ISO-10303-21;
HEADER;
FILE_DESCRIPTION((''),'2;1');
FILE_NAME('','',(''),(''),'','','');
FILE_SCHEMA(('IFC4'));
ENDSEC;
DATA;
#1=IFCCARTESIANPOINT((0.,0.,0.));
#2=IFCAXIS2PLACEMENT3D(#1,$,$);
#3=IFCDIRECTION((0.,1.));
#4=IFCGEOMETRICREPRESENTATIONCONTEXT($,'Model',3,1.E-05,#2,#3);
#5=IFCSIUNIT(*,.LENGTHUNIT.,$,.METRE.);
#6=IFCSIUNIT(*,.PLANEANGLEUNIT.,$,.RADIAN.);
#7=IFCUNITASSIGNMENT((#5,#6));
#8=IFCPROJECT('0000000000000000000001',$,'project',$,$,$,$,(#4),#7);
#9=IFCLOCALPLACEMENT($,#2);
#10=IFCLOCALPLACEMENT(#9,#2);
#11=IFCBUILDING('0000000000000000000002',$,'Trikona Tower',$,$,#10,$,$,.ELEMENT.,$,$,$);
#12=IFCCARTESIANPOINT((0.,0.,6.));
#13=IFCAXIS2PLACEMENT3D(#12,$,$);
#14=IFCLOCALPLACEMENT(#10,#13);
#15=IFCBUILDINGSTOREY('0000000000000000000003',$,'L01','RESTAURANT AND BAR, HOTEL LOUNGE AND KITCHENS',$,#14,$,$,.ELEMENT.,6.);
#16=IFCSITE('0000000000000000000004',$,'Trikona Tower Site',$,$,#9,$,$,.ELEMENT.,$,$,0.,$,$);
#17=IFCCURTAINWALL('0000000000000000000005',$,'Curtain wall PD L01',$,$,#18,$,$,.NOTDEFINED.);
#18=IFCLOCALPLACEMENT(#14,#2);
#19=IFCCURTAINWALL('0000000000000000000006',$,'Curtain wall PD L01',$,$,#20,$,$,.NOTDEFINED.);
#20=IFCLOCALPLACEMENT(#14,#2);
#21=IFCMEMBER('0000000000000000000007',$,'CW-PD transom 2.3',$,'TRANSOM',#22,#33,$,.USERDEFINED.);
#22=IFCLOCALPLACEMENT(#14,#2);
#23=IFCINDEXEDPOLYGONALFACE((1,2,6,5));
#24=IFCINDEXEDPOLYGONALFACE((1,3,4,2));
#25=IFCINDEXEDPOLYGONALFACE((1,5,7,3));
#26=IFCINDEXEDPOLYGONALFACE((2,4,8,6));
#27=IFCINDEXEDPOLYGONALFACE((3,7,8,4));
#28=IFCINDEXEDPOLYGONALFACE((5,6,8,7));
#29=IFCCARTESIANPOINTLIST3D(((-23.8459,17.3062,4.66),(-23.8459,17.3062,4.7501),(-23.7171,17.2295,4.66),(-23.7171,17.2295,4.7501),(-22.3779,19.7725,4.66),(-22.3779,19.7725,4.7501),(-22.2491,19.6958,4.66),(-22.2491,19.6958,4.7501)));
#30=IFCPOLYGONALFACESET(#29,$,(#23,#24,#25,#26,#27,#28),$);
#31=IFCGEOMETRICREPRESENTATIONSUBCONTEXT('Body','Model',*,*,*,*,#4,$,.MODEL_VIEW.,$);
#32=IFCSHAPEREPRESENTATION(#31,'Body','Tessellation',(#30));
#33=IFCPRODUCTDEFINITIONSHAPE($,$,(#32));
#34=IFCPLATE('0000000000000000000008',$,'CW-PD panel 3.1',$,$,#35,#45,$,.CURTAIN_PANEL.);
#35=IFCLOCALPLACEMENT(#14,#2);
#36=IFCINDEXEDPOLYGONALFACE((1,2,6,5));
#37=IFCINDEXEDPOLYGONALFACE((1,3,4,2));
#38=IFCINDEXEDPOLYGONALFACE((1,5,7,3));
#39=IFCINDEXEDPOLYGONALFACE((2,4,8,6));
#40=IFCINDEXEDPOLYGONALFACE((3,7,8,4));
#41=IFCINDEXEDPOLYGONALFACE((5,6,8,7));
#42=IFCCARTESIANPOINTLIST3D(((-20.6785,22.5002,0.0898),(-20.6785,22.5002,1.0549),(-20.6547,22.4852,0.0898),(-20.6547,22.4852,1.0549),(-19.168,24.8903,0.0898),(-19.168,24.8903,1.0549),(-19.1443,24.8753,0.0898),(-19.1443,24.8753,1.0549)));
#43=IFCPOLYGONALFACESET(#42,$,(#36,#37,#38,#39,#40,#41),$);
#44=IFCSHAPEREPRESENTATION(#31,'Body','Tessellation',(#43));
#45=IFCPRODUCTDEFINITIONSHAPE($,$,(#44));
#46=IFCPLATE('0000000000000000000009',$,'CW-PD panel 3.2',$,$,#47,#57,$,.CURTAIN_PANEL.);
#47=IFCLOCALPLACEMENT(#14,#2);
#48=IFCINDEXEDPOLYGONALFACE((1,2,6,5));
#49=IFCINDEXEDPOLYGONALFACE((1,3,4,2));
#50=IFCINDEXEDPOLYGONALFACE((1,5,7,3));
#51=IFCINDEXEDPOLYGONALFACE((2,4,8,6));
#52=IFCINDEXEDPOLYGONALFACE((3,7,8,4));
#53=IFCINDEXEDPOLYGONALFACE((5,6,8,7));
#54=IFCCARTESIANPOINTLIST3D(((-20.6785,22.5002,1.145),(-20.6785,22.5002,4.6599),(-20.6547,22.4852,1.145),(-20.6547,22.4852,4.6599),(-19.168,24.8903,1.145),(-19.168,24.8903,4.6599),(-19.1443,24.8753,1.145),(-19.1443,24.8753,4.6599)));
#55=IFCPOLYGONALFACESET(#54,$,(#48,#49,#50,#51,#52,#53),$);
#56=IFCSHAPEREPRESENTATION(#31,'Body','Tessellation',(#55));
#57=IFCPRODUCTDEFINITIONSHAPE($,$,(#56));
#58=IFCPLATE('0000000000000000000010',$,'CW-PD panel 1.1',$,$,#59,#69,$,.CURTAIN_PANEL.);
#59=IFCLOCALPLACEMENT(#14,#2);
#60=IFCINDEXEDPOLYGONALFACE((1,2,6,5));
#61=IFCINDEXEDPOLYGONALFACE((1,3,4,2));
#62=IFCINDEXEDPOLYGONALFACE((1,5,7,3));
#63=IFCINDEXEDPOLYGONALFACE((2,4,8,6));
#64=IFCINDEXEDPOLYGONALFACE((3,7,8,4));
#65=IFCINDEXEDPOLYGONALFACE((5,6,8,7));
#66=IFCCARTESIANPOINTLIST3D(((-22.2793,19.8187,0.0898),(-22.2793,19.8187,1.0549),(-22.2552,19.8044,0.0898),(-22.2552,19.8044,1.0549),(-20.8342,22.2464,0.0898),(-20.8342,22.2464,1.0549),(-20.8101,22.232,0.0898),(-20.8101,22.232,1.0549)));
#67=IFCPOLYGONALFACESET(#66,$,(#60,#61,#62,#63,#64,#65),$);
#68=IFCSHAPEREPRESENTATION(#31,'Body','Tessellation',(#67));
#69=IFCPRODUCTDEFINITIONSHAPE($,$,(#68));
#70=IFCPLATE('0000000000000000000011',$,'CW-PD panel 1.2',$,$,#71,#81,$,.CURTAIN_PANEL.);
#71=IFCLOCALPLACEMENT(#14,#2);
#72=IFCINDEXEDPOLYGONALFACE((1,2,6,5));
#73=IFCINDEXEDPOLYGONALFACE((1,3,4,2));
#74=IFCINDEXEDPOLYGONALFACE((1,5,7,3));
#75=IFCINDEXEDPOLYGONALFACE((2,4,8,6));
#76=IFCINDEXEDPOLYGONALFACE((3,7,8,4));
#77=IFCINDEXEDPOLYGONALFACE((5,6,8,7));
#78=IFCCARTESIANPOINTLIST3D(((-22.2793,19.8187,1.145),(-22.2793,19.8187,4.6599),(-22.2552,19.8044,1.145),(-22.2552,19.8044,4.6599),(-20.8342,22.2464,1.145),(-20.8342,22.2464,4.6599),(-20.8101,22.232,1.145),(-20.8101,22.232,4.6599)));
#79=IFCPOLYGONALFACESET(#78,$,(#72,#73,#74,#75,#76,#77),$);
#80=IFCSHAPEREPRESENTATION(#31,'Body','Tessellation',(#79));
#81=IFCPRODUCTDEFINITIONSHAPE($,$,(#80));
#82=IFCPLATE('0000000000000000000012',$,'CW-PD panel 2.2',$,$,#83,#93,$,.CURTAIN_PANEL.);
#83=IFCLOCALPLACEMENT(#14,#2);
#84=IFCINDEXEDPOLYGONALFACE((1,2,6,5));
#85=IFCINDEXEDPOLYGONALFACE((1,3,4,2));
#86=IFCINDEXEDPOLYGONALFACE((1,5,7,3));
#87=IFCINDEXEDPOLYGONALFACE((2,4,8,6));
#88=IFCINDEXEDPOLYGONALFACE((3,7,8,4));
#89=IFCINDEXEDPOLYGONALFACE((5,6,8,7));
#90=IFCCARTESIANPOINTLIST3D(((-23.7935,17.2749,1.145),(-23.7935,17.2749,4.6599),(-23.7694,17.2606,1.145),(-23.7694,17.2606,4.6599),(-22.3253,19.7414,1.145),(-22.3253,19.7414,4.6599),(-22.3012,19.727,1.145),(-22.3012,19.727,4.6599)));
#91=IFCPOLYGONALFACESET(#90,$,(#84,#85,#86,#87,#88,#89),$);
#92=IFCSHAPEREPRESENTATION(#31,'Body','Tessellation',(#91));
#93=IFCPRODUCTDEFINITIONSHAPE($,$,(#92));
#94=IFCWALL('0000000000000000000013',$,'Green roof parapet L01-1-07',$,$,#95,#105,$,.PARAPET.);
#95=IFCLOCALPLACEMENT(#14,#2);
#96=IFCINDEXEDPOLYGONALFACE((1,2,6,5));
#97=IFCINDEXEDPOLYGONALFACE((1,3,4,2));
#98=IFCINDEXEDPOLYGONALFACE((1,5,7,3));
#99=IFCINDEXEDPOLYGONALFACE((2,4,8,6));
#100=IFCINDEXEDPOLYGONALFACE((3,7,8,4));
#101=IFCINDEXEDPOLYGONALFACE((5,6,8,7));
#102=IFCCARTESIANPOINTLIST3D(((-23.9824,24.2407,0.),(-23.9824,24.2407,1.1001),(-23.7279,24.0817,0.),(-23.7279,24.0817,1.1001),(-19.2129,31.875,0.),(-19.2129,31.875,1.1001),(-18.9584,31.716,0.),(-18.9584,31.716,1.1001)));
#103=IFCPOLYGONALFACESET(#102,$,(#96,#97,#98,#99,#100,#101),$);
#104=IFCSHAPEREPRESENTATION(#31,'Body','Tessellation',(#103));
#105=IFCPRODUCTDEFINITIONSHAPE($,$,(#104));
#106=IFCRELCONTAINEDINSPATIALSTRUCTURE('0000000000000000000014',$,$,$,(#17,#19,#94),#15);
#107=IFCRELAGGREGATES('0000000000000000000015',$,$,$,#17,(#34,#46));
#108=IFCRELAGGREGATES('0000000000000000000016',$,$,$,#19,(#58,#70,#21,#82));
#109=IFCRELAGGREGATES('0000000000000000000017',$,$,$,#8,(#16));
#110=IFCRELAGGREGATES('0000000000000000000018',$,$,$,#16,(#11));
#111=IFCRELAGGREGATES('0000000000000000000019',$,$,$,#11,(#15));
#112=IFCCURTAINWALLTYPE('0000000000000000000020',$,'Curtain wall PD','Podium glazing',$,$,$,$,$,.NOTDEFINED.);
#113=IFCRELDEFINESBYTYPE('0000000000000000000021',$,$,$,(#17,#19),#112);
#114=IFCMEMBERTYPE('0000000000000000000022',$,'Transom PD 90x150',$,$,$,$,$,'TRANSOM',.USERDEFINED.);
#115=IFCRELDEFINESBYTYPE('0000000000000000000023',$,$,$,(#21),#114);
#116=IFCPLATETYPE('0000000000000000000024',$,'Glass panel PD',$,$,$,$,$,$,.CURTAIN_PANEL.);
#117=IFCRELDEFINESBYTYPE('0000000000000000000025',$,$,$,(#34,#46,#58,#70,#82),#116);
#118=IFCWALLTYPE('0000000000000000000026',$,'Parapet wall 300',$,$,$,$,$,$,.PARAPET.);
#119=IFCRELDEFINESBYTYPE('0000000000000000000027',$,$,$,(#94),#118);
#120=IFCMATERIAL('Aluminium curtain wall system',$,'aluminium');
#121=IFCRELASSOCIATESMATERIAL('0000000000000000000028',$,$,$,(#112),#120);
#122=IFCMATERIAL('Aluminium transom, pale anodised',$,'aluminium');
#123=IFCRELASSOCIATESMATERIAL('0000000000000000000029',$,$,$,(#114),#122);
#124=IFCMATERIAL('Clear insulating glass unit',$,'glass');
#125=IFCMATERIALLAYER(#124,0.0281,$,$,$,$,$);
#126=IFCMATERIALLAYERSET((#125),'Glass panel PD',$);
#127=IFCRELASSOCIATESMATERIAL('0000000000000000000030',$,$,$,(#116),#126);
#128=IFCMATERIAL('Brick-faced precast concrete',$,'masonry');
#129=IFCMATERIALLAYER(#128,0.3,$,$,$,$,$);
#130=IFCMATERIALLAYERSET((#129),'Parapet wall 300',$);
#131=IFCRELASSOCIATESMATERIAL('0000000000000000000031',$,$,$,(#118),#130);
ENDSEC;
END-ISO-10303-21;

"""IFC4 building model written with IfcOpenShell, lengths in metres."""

from ifc_helpers import new_model, si_unit, direction, frame, frame_2d, origin, origin_2d, place, context, subcontext, project, spatial, rectangle, extrude, material, layer, layer_set, material_profile, profile_set, type_object, element, aggregate, save


model = new_model("IFC4")

# Units and contexts
model_context = context("Model", 3, precision=1e-05, world=origin(), true_north=direction((0.0, 1.0)))
body_context = subcontext(model_context, "Body", "Model", "MODEL_VIEW")
ifc_project = project(units=[si_unit("LENGTHUNIT", "METRE"), si_unit("PLANEANGLEUNIT", "RADIAN")], contexts=[model_context])

# Site, building, storey
site_placement = place(None, origin())
site = spatial("IfcSite", under=ifc_project, at=site_placement, Name="Trikona Tower Site", CompositionType="ELEMENT", RefElevation=0.0)
building_placement = place(site_placement, origin())
building = spatial("IfcBuilding", under=site, at=building_placement, Name="Trikona Tower", CompositionType="ELEMENT")
storey_placement = place(building_placement, frame((0.0, 0.0, 6.0)))
storey = spatial("IfcBuildingStorey", under=building, at=storey_placement, Name="L01", Description="RESTAURANT AND BAR, HOTEL LOUNGE AND KITCHENS", CompositionType="ELEMENT", Elevation=6.0)

# Curtain wall
ifc_material_1 = material(Name="Aluminium curtain wall system", Category="aluminium")
curtain_wall_type = type_object("IfcCurtainWallType", Name="Curtain wall PD", Description="Podium glazing", PredefinedType="NOTDEFINED", material=ifc_material_1)
curtain_wall_1_placement = place(storey_placement, origin())
curtain_wall_1 = element("IfcCurtainWall", 1, at=curtain_wall_1_placement, inside=storey, type_object=curtain_wall_type, Name="Curtain wall PD L01", PredefinedType="NOTDEFINED")

# Curtain wall
curtain_wall_2_placement = place(storey_placement, origin())
curtain_wall_2 = element("IfcCurtainWall", 2, at=curtain_wall_2_placement, inside=storey, type_object=curtain_wall_type, Name="Curtain wall PD L01", PredefinedType="NOTDEFINED")

# Member
ifc_material_2 = material(Name="Aluminium transom, pale anodised", Category="aluminium")
ifc_material_profile_1 = material_profile(ifc_material_2, rectangle(XDim=0.1499, YDim=0.0901, at=origin_2d()), Name="TRN-PD")
ifc_profile_set_1 = profile_set([ifc_material_profile_1], Name="Aluminium transom, pale anodised")
member_type_1 = type_object("IfcMemberType", Name="Transom PD 90x150", ElementType="TRANSOM", PredefinedType="USERDEFINED", material=ifc_profile_set_1)
member_1_placement = place(storey_placement, frame((-22.3135, 19.7341, 4.7051), z_axis=(-0.511478, -0.859296, 0.0), x_axis=(0.859296, -0.511478, 0.0)))
member_1 = element("IfcMember", 3, at=member_1_placement, type_object=member_type_1, Name="CW-PD transom 2.3", ObjectType="TRANSOM", PredefinedType="USERDEFINED", context=body_context, shape_type="SweptSolid", body=[
    extrude(rectangle(XDim=0.1499, YDim=0.0901, at=origin_2d()), origin(), (0.0, 0.0, 1.0), 2.8701),
])

# Plates
ifc_material_3 = material(Name="Clear insulating glass unit", Category="glass")
ifc_layer_1 = layer(ifc_material_3, 0.0281)
ifc_layer_set_1 = layer_set([ifc_layer_1], Name="Glass panel PD")
plate_type = type_object("IfcPlateType", Name="Glass panel PD", PredefinedType="CURTAIN_PANEL", material=ifc_layer_set_1)
plate_1_placement = place(storey_placement, frame((-19.9114, 23.6877, 0.0898), z_axis=(0.0, 0.0, 1.0), x_axis=(-0.534216, -0.845348, 0.0)))
plate_1 = element("IfcPlate", 4, at=plate_1_placement, type_object=plate_type, Name="CW-PD panel 3.1", PredefinedType="CURTAIN_PANEL", context=body_context, shape_type="SweptSolid", body=[
    extrude(rectangle(XDim=2.8274, YDim=0.0281, at=origin_2d()), origin(), (0.0, 0.0, 1.0), 0.9651),
])
plate_2_placement = place(storey_placement, frame((-19.9114, 23.6877, 1.145), z_axis=(0.0, 0.0, 1.0), x_axis=(-0.534216, -0.845348, 0.0)))
plate_2 = element("IfcPlate", 5, at=plate_2_placement, type_object=plate_type, Name="CW-PD panel 3.2", PredefinedType="CURTAIN_PANEL", context=body_context, shape_type="SweptSolid", body=[
    extrude(rectangle(XDim=2.8274, YDim=0.0281, at=origin_2d()), origin(), (0.0, 0.0, 1.0), 3.5149),
])
aggregate(curtain_wall_1, [plate_1, plate_2])
plate_3_placement = place(storey_placement, frame((-21.5447, 21.0254, 0.0898), z_axis=(0.0, 0.0, 1.0), x_axis=(-0.511499, -0.859284, 0.0)))
plate_3 = element("IfcPlate", 6, at=plate_3_placement, type_object=plate_type, Name="CW-PD panel 1.1", PredefinedType="CURTAIN_PANEL", context=body_context, shape_type="SweptSolid", body=[
    extrude(rectangle(XDim=2.8252, YDim=0.0281, at=origin_2d()), origin(), (0.0, 0.0, 1.0), 0.9651),
])
plate_4_placement = place(storey_placement, frame((-21.5447, 21.0254, 1.145), z_axis=(0.0, 0.0, 1.0), x_axis=(-0.511499, -0.859284, 0.0)))
plate_4 = element("IfcPlate", 7, at=plate_4_placement, type_object=plate_type, Name="CW-PD panel 1.2", PredefinedType="CURTAIN_PANEL", context=body_context, shape_type="SweptSolid", body=[
    extrude(rectangle(XDim=2.8252, YDim=0.0281, at=origin_2d()), origin(), (0.0, 0.0, 1.0), 3.5149),
])
plate_5_placement = place(storey_placement, frame((-23.0474, 18.501, 1.145), z_axis=(0.0, 0.0, 1.0), x_axis=(-0.511499, -0.859284, 0.0)))
plate_5 = element("IfcPlate", 8, at=plate_5_placement, type_object=plate_type, Name="CW-PD panel 2.2", PredefinedType="CURTAIN_PANEL", context=body_context, shape_type="SweptSolid", body=[
    extrude(rectangle(XDim=2.8704, YDim=0.0281, at=origin_2d()), origin(), (0.0, 0.0, 1.0), 3.5149),
])
aggregate(curtain_wall_2, [plate_3, plate_4, member_1, plate_5])

# Wall
ifc_material_4 = material(Name="Brick-faced precast concrete", Category="masonry")
ifc_layer_2 = layer(ifc_material_4, 0.3)
ifc_layer_set_2 = layer_set([ifc_layer_2], Name="Parapet wall 300")
wall_type = type_object("IfcWallType", Name="Parapet wall 300", PredefinedType="PARAPET", material=ifc_layer_set_2)
wall_placement = place(storey_placement, frame((-23.8552, 24.1611, 0.0), z_axis=(0.0, 0.0, 1.0), x_axis=(0.529848, 0.848093, 0.0)))
element("IfcWall", 9, at=wall_placement, inside=storey, type_object=wall_type, Name="Green roof parapet L01-1-07", PredefinedType="PARAPET", context=body_context, shape_type="SweptSolid", body=[
    extrude(rectangle(XDim=9.0017, YDim=0.3, at=frame_2d((4.501, 0.0))), origin(), (0.0, 0.0, 1.0), 1.1001),
])

save(model, "model.ifc")
